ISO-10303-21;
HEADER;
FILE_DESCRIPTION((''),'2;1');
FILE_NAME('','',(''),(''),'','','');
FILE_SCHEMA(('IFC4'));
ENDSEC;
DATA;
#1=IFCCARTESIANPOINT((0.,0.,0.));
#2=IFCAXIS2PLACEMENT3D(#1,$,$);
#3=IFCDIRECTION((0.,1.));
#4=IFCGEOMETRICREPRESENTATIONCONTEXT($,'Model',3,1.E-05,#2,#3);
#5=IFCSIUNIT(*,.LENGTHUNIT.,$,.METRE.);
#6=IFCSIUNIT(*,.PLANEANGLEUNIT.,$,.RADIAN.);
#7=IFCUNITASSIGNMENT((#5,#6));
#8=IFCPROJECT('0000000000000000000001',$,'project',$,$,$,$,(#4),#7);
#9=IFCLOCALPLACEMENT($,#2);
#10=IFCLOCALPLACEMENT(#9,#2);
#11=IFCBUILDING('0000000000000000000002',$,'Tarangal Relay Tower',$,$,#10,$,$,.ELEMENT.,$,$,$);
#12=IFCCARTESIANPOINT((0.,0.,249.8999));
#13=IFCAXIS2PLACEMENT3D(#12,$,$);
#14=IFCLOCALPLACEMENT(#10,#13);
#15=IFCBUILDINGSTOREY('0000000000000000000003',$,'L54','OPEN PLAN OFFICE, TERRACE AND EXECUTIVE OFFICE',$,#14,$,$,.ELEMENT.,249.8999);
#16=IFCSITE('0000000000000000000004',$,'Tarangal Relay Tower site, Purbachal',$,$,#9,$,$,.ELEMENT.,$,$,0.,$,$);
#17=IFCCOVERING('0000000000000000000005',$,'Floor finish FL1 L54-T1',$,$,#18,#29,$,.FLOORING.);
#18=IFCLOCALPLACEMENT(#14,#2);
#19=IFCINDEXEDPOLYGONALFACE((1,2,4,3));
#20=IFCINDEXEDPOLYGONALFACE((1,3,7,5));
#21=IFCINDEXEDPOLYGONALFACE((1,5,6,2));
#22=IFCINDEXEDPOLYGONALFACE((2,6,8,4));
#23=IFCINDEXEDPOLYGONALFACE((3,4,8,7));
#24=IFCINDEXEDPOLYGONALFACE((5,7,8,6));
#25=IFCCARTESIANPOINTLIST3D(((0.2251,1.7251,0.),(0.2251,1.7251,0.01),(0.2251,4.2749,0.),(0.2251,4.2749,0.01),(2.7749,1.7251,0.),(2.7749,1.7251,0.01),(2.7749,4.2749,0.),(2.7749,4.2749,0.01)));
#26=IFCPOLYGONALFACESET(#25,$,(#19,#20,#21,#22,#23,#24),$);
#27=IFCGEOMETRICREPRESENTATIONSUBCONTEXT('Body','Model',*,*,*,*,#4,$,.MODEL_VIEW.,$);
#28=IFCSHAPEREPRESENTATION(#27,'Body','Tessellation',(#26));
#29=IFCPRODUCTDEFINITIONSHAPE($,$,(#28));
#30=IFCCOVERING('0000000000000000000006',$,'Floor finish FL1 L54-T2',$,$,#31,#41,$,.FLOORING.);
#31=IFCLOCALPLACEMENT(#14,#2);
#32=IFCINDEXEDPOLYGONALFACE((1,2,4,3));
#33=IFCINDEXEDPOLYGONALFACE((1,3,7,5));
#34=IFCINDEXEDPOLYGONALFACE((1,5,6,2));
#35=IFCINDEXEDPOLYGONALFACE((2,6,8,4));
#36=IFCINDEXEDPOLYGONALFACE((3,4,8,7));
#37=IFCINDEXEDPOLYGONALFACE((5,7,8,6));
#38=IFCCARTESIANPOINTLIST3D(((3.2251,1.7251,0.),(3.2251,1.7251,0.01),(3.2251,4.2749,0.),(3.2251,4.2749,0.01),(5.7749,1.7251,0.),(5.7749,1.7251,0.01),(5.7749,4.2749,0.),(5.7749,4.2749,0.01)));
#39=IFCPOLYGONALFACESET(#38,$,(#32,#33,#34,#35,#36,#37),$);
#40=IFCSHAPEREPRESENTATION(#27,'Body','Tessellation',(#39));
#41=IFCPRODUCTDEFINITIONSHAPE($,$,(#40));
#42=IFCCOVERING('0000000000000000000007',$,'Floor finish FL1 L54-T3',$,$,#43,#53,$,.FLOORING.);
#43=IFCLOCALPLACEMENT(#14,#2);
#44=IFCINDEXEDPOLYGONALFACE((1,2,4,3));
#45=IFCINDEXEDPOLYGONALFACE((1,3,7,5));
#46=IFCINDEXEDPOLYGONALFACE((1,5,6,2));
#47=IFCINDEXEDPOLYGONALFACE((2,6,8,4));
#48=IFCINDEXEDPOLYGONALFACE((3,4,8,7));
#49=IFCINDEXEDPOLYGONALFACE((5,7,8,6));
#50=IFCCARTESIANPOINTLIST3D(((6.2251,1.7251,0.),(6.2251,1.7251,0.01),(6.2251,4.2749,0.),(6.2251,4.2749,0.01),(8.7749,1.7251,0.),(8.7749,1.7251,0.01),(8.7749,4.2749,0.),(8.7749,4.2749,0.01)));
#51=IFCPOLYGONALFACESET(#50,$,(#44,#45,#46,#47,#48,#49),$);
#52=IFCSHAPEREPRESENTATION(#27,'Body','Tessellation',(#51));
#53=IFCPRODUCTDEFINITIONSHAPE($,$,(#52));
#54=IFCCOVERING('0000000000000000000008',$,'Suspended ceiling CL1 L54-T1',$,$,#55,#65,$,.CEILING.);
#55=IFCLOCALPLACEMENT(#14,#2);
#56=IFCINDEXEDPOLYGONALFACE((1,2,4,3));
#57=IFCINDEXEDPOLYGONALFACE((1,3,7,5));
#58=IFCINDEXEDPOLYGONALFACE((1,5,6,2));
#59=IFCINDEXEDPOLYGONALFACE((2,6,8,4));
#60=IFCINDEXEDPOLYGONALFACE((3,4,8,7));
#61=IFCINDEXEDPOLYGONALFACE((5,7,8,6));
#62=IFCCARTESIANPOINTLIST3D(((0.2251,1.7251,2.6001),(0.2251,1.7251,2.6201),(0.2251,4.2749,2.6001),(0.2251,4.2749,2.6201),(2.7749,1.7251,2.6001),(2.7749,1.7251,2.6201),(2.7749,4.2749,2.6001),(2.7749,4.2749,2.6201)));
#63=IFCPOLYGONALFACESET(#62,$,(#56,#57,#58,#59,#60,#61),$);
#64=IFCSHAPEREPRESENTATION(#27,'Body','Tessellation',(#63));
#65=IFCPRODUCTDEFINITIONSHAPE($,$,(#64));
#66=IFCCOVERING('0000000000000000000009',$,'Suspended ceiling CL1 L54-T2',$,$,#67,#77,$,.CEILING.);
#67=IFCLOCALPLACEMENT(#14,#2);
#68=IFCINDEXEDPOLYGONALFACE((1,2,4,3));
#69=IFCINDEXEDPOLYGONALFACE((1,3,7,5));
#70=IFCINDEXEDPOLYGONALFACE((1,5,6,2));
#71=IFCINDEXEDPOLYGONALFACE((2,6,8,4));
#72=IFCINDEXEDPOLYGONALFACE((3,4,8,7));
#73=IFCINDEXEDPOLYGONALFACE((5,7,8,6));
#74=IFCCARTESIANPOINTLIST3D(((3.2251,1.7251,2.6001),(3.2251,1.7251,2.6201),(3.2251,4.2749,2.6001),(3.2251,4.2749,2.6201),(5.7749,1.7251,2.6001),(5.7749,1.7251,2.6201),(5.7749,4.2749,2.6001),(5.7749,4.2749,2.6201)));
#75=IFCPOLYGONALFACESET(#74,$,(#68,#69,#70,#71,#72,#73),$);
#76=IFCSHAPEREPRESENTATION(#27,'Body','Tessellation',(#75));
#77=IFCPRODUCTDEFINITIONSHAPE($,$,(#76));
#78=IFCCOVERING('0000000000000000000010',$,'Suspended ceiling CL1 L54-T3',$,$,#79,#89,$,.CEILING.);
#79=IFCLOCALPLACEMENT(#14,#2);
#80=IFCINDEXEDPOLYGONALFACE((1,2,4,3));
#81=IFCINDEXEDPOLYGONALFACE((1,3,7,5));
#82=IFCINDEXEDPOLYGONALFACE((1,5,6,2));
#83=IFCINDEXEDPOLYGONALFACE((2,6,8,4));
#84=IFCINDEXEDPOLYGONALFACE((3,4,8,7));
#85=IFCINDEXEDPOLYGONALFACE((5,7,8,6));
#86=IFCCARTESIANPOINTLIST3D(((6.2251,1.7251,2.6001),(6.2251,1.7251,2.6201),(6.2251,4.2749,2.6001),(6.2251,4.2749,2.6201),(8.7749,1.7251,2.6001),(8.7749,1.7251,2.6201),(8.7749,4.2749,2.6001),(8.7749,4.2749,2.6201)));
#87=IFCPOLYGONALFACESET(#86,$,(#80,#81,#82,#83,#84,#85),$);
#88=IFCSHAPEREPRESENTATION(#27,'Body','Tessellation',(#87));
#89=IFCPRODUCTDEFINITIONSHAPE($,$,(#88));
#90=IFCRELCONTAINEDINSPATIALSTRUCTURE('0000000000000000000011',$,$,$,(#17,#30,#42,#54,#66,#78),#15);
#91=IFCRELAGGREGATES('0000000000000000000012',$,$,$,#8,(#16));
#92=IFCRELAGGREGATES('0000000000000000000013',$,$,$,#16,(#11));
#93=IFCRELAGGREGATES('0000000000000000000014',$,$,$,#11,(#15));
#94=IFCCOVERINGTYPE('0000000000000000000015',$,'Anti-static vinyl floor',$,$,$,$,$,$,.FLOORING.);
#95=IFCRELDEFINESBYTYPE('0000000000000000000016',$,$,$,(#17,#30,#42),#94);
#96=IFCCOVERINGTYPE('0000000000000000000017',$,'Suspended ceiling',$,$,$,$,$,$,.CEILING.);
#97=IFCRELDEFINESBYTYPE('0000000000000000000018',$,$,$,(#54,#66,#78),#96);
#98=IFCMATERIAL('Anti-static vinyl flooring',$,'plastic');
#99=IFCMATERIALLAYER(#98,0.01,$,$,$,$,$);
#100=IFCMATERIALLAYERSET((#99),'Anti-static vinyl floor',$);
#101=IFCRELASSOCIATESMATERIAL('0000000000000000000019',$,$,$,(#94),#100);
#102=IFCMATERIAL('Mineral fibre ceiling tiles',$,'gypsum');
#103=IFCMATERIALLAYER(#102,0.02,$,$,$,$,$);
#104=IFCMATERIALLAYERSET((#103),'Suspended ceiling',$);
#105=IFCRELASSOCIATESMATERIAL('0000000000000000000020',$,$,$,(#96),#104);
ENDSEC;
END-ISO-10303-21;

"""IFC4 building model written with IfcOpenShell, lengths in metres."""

from ifc_helpers import new_model, si_unit, direction, frame, origin, place, context, subcontext, project, spatial, polyline, outline, extrude, material, layer, layer_set, type_object, element, save


model = new_model("IFC4")

# Units and contexts
model_context = context("Model", 3, precision=1e-05, world=origin(), true_north=direction((0.0, 1.0)))
body_context = subcontext(model_context, "Body", "Model", "MODEL_VIEW")
ifc_project = project(units=[si_unit("LENGTHUNIT", "METRE"), si_unit("PLANEANGLEUNIT", "RADIAN")], contexts=[model_context])

# Site, building, storey
site_placement = place(None, origin())
site = spatial("IfcSite", under=ifc_project, at=site_placement, Name="Tarangal Relay Tower site, Purbachal", CompositionType="ELEMENT", RefElevation=0.0)
building_placement = place(site_placement, origin())
building = spatial("IfcBuilding", under=site, at=building_placement, Name="Tarangal Relay Tower", CompositionType="ELEMENT")
storey_placement = place(building_placement, frame((0.0, 0.0, 249.8999)))
storey = spatial("IfcBuildingStorey", under=building, at=storey_placement, Name="L54", Description="OPEN PLAN OFFICE, TERRACE AND EXECUTIVE OFFICE", CompositionType="ELEMENT", Elevation=249.8999)

# Coverings
ifc_material_1 = material(Name="Anti-static vinyl flooring", Category="plastic")
ifc_layer_1 = layer(ifc_material_1, 0.01)
ifc_layer_set_1 = layer_set([ifc_layer_1], Name="Anti-static vinyl floor")
covering_type_1 = type_object("IfcCoveringType", Name="Anti-static vinyl floor", PredefinedType="FLOORING", material=ifc_layer_set_1)
covering_1_placement = place(storey_placement, origin())
element("IfcCovering", 1, at=covering_1_placement, inside=storey, type_object=covering_type_1, Name="Floor finish FL1 L54-T1", PredefinedType="FLOORING", context=body_context, shape_type="SweptSolid", body=[
    extrude(outline(polyline([(0.2251, 1.7251), (2.7749, 1.7251), (2.7749, 4.2749), (0.2251, 4.2749), (0.2251, 1.7251)])), origin(), (0.0, 0.0, 1.0), 0.01),
])
covering_2_placement = place(storey_placement, origin())
element("IfcCovering", 2, at=covering_2_placement, inside=storey, type_object=covering_type_1, Name="Floor finish FL1 L54-T2", PredefinedType="FLOORING", context=body_context, shape_type="SweptSolid", body=[
    extrude(outline(polyline([(3.2251, 1.7251), (5.7749, 1.7251), (5.7749, 4.2749), (3.2251, 4.2749), (3.2251, 1.7251)])), origin(), (0.0, 0.0, 1.0), 0.01),
])
covering_3_placement = place(storey_placement, origin())
element("IfcCovering", 3, at=covering_3_placement, inside=storey, type_object=covering_type_1, Name="Floor finish FL1 L54-T3", PredefinedType="FLOORING", context=body_context, shape_type="SweptSolid", body=[
    extrude(outline(polyline([(6.2251, 1.7251), (8.7749, 1.7251), (8.7749, 4.2749), (6.2251, 4.2749), (6.2251, 1.7251)])), origin(), (0.0, 0.0, 1.0), 0.01),
])
ifc_material_2 = material(Name="Mineral fibre ceiling tiles", Category="gypsum")
ifc_layer_2 = layer(ifc_material_2, 0.02)
ifc_layer_set_2 = layer_set([ifc_layer_2], Name="Suspended ceiling")
covering_type_2 = type_object("IfcCoveringType", Name="Suspended ceiling", PredefinedType="CEILING", material=ifc_layer_set_2)
covering_4_placement = place(storey_placement, frame((0.0, 0.0, 2.6001)))
element("IfcCovering", 4, at=covering_4_placement, inside=storey, type_object=covering_type_2, Name="Suspended ceiling CL1 L54-T1", PredefinedType="CEILING", context=body_context, shape_type="SweptSolid", body=[
    extrude(outline(polyline([(0.2251, 1.7251), (2.7749, 1.7251), (2.7749, 4.2749), (0.2251, 4.2749), (0.2251, 1.7251)])), origin(), (0.0, 0.0, 1.0), 0.02),
])
covering_5_placement = place(storey_placement, frame((0.0, 0.0, 2.6001)))
element("IfcCovering", 5, at=covering_5_placement, inside=storey, type_object=covering_type_2, Name="Suspended ceiling CL1 L54-T2", PredefinedType="CEILING", context=body_context, shape_type="SweptSolid", body=[
    extrude(outline(polyline([(3.2251, 1.7251), (5.7749, 1.7251), (5.7749, 4.2749), (3.2251, 4.2749), (3.2251, 1.7251)])), origin(), (0.0, 0.0, 1.0), 0.02),
])
covering_6_placement = place(storey_placement, frame((0.0, 0.0, 2.6001)))
element("IfcCovering", 6, at=covering_6_placement, inside=storey, type_object=covering_type_2, Name="Suspended ceiling CL1 L54-T3", PredefinedType="CEILING", context=body_context, shape_type="SweptSolid", body=[
    extrude(outline(polyline([(6.2251, 1.7251), (8.7749, 1.7251), (8.7749, 4.2749), (6.2251, 4.2749), (6.2251, 1.7251)])), origin(), (0.0, 0.0, 1.0), 0.02),
])

save(model, "model.ifc")
